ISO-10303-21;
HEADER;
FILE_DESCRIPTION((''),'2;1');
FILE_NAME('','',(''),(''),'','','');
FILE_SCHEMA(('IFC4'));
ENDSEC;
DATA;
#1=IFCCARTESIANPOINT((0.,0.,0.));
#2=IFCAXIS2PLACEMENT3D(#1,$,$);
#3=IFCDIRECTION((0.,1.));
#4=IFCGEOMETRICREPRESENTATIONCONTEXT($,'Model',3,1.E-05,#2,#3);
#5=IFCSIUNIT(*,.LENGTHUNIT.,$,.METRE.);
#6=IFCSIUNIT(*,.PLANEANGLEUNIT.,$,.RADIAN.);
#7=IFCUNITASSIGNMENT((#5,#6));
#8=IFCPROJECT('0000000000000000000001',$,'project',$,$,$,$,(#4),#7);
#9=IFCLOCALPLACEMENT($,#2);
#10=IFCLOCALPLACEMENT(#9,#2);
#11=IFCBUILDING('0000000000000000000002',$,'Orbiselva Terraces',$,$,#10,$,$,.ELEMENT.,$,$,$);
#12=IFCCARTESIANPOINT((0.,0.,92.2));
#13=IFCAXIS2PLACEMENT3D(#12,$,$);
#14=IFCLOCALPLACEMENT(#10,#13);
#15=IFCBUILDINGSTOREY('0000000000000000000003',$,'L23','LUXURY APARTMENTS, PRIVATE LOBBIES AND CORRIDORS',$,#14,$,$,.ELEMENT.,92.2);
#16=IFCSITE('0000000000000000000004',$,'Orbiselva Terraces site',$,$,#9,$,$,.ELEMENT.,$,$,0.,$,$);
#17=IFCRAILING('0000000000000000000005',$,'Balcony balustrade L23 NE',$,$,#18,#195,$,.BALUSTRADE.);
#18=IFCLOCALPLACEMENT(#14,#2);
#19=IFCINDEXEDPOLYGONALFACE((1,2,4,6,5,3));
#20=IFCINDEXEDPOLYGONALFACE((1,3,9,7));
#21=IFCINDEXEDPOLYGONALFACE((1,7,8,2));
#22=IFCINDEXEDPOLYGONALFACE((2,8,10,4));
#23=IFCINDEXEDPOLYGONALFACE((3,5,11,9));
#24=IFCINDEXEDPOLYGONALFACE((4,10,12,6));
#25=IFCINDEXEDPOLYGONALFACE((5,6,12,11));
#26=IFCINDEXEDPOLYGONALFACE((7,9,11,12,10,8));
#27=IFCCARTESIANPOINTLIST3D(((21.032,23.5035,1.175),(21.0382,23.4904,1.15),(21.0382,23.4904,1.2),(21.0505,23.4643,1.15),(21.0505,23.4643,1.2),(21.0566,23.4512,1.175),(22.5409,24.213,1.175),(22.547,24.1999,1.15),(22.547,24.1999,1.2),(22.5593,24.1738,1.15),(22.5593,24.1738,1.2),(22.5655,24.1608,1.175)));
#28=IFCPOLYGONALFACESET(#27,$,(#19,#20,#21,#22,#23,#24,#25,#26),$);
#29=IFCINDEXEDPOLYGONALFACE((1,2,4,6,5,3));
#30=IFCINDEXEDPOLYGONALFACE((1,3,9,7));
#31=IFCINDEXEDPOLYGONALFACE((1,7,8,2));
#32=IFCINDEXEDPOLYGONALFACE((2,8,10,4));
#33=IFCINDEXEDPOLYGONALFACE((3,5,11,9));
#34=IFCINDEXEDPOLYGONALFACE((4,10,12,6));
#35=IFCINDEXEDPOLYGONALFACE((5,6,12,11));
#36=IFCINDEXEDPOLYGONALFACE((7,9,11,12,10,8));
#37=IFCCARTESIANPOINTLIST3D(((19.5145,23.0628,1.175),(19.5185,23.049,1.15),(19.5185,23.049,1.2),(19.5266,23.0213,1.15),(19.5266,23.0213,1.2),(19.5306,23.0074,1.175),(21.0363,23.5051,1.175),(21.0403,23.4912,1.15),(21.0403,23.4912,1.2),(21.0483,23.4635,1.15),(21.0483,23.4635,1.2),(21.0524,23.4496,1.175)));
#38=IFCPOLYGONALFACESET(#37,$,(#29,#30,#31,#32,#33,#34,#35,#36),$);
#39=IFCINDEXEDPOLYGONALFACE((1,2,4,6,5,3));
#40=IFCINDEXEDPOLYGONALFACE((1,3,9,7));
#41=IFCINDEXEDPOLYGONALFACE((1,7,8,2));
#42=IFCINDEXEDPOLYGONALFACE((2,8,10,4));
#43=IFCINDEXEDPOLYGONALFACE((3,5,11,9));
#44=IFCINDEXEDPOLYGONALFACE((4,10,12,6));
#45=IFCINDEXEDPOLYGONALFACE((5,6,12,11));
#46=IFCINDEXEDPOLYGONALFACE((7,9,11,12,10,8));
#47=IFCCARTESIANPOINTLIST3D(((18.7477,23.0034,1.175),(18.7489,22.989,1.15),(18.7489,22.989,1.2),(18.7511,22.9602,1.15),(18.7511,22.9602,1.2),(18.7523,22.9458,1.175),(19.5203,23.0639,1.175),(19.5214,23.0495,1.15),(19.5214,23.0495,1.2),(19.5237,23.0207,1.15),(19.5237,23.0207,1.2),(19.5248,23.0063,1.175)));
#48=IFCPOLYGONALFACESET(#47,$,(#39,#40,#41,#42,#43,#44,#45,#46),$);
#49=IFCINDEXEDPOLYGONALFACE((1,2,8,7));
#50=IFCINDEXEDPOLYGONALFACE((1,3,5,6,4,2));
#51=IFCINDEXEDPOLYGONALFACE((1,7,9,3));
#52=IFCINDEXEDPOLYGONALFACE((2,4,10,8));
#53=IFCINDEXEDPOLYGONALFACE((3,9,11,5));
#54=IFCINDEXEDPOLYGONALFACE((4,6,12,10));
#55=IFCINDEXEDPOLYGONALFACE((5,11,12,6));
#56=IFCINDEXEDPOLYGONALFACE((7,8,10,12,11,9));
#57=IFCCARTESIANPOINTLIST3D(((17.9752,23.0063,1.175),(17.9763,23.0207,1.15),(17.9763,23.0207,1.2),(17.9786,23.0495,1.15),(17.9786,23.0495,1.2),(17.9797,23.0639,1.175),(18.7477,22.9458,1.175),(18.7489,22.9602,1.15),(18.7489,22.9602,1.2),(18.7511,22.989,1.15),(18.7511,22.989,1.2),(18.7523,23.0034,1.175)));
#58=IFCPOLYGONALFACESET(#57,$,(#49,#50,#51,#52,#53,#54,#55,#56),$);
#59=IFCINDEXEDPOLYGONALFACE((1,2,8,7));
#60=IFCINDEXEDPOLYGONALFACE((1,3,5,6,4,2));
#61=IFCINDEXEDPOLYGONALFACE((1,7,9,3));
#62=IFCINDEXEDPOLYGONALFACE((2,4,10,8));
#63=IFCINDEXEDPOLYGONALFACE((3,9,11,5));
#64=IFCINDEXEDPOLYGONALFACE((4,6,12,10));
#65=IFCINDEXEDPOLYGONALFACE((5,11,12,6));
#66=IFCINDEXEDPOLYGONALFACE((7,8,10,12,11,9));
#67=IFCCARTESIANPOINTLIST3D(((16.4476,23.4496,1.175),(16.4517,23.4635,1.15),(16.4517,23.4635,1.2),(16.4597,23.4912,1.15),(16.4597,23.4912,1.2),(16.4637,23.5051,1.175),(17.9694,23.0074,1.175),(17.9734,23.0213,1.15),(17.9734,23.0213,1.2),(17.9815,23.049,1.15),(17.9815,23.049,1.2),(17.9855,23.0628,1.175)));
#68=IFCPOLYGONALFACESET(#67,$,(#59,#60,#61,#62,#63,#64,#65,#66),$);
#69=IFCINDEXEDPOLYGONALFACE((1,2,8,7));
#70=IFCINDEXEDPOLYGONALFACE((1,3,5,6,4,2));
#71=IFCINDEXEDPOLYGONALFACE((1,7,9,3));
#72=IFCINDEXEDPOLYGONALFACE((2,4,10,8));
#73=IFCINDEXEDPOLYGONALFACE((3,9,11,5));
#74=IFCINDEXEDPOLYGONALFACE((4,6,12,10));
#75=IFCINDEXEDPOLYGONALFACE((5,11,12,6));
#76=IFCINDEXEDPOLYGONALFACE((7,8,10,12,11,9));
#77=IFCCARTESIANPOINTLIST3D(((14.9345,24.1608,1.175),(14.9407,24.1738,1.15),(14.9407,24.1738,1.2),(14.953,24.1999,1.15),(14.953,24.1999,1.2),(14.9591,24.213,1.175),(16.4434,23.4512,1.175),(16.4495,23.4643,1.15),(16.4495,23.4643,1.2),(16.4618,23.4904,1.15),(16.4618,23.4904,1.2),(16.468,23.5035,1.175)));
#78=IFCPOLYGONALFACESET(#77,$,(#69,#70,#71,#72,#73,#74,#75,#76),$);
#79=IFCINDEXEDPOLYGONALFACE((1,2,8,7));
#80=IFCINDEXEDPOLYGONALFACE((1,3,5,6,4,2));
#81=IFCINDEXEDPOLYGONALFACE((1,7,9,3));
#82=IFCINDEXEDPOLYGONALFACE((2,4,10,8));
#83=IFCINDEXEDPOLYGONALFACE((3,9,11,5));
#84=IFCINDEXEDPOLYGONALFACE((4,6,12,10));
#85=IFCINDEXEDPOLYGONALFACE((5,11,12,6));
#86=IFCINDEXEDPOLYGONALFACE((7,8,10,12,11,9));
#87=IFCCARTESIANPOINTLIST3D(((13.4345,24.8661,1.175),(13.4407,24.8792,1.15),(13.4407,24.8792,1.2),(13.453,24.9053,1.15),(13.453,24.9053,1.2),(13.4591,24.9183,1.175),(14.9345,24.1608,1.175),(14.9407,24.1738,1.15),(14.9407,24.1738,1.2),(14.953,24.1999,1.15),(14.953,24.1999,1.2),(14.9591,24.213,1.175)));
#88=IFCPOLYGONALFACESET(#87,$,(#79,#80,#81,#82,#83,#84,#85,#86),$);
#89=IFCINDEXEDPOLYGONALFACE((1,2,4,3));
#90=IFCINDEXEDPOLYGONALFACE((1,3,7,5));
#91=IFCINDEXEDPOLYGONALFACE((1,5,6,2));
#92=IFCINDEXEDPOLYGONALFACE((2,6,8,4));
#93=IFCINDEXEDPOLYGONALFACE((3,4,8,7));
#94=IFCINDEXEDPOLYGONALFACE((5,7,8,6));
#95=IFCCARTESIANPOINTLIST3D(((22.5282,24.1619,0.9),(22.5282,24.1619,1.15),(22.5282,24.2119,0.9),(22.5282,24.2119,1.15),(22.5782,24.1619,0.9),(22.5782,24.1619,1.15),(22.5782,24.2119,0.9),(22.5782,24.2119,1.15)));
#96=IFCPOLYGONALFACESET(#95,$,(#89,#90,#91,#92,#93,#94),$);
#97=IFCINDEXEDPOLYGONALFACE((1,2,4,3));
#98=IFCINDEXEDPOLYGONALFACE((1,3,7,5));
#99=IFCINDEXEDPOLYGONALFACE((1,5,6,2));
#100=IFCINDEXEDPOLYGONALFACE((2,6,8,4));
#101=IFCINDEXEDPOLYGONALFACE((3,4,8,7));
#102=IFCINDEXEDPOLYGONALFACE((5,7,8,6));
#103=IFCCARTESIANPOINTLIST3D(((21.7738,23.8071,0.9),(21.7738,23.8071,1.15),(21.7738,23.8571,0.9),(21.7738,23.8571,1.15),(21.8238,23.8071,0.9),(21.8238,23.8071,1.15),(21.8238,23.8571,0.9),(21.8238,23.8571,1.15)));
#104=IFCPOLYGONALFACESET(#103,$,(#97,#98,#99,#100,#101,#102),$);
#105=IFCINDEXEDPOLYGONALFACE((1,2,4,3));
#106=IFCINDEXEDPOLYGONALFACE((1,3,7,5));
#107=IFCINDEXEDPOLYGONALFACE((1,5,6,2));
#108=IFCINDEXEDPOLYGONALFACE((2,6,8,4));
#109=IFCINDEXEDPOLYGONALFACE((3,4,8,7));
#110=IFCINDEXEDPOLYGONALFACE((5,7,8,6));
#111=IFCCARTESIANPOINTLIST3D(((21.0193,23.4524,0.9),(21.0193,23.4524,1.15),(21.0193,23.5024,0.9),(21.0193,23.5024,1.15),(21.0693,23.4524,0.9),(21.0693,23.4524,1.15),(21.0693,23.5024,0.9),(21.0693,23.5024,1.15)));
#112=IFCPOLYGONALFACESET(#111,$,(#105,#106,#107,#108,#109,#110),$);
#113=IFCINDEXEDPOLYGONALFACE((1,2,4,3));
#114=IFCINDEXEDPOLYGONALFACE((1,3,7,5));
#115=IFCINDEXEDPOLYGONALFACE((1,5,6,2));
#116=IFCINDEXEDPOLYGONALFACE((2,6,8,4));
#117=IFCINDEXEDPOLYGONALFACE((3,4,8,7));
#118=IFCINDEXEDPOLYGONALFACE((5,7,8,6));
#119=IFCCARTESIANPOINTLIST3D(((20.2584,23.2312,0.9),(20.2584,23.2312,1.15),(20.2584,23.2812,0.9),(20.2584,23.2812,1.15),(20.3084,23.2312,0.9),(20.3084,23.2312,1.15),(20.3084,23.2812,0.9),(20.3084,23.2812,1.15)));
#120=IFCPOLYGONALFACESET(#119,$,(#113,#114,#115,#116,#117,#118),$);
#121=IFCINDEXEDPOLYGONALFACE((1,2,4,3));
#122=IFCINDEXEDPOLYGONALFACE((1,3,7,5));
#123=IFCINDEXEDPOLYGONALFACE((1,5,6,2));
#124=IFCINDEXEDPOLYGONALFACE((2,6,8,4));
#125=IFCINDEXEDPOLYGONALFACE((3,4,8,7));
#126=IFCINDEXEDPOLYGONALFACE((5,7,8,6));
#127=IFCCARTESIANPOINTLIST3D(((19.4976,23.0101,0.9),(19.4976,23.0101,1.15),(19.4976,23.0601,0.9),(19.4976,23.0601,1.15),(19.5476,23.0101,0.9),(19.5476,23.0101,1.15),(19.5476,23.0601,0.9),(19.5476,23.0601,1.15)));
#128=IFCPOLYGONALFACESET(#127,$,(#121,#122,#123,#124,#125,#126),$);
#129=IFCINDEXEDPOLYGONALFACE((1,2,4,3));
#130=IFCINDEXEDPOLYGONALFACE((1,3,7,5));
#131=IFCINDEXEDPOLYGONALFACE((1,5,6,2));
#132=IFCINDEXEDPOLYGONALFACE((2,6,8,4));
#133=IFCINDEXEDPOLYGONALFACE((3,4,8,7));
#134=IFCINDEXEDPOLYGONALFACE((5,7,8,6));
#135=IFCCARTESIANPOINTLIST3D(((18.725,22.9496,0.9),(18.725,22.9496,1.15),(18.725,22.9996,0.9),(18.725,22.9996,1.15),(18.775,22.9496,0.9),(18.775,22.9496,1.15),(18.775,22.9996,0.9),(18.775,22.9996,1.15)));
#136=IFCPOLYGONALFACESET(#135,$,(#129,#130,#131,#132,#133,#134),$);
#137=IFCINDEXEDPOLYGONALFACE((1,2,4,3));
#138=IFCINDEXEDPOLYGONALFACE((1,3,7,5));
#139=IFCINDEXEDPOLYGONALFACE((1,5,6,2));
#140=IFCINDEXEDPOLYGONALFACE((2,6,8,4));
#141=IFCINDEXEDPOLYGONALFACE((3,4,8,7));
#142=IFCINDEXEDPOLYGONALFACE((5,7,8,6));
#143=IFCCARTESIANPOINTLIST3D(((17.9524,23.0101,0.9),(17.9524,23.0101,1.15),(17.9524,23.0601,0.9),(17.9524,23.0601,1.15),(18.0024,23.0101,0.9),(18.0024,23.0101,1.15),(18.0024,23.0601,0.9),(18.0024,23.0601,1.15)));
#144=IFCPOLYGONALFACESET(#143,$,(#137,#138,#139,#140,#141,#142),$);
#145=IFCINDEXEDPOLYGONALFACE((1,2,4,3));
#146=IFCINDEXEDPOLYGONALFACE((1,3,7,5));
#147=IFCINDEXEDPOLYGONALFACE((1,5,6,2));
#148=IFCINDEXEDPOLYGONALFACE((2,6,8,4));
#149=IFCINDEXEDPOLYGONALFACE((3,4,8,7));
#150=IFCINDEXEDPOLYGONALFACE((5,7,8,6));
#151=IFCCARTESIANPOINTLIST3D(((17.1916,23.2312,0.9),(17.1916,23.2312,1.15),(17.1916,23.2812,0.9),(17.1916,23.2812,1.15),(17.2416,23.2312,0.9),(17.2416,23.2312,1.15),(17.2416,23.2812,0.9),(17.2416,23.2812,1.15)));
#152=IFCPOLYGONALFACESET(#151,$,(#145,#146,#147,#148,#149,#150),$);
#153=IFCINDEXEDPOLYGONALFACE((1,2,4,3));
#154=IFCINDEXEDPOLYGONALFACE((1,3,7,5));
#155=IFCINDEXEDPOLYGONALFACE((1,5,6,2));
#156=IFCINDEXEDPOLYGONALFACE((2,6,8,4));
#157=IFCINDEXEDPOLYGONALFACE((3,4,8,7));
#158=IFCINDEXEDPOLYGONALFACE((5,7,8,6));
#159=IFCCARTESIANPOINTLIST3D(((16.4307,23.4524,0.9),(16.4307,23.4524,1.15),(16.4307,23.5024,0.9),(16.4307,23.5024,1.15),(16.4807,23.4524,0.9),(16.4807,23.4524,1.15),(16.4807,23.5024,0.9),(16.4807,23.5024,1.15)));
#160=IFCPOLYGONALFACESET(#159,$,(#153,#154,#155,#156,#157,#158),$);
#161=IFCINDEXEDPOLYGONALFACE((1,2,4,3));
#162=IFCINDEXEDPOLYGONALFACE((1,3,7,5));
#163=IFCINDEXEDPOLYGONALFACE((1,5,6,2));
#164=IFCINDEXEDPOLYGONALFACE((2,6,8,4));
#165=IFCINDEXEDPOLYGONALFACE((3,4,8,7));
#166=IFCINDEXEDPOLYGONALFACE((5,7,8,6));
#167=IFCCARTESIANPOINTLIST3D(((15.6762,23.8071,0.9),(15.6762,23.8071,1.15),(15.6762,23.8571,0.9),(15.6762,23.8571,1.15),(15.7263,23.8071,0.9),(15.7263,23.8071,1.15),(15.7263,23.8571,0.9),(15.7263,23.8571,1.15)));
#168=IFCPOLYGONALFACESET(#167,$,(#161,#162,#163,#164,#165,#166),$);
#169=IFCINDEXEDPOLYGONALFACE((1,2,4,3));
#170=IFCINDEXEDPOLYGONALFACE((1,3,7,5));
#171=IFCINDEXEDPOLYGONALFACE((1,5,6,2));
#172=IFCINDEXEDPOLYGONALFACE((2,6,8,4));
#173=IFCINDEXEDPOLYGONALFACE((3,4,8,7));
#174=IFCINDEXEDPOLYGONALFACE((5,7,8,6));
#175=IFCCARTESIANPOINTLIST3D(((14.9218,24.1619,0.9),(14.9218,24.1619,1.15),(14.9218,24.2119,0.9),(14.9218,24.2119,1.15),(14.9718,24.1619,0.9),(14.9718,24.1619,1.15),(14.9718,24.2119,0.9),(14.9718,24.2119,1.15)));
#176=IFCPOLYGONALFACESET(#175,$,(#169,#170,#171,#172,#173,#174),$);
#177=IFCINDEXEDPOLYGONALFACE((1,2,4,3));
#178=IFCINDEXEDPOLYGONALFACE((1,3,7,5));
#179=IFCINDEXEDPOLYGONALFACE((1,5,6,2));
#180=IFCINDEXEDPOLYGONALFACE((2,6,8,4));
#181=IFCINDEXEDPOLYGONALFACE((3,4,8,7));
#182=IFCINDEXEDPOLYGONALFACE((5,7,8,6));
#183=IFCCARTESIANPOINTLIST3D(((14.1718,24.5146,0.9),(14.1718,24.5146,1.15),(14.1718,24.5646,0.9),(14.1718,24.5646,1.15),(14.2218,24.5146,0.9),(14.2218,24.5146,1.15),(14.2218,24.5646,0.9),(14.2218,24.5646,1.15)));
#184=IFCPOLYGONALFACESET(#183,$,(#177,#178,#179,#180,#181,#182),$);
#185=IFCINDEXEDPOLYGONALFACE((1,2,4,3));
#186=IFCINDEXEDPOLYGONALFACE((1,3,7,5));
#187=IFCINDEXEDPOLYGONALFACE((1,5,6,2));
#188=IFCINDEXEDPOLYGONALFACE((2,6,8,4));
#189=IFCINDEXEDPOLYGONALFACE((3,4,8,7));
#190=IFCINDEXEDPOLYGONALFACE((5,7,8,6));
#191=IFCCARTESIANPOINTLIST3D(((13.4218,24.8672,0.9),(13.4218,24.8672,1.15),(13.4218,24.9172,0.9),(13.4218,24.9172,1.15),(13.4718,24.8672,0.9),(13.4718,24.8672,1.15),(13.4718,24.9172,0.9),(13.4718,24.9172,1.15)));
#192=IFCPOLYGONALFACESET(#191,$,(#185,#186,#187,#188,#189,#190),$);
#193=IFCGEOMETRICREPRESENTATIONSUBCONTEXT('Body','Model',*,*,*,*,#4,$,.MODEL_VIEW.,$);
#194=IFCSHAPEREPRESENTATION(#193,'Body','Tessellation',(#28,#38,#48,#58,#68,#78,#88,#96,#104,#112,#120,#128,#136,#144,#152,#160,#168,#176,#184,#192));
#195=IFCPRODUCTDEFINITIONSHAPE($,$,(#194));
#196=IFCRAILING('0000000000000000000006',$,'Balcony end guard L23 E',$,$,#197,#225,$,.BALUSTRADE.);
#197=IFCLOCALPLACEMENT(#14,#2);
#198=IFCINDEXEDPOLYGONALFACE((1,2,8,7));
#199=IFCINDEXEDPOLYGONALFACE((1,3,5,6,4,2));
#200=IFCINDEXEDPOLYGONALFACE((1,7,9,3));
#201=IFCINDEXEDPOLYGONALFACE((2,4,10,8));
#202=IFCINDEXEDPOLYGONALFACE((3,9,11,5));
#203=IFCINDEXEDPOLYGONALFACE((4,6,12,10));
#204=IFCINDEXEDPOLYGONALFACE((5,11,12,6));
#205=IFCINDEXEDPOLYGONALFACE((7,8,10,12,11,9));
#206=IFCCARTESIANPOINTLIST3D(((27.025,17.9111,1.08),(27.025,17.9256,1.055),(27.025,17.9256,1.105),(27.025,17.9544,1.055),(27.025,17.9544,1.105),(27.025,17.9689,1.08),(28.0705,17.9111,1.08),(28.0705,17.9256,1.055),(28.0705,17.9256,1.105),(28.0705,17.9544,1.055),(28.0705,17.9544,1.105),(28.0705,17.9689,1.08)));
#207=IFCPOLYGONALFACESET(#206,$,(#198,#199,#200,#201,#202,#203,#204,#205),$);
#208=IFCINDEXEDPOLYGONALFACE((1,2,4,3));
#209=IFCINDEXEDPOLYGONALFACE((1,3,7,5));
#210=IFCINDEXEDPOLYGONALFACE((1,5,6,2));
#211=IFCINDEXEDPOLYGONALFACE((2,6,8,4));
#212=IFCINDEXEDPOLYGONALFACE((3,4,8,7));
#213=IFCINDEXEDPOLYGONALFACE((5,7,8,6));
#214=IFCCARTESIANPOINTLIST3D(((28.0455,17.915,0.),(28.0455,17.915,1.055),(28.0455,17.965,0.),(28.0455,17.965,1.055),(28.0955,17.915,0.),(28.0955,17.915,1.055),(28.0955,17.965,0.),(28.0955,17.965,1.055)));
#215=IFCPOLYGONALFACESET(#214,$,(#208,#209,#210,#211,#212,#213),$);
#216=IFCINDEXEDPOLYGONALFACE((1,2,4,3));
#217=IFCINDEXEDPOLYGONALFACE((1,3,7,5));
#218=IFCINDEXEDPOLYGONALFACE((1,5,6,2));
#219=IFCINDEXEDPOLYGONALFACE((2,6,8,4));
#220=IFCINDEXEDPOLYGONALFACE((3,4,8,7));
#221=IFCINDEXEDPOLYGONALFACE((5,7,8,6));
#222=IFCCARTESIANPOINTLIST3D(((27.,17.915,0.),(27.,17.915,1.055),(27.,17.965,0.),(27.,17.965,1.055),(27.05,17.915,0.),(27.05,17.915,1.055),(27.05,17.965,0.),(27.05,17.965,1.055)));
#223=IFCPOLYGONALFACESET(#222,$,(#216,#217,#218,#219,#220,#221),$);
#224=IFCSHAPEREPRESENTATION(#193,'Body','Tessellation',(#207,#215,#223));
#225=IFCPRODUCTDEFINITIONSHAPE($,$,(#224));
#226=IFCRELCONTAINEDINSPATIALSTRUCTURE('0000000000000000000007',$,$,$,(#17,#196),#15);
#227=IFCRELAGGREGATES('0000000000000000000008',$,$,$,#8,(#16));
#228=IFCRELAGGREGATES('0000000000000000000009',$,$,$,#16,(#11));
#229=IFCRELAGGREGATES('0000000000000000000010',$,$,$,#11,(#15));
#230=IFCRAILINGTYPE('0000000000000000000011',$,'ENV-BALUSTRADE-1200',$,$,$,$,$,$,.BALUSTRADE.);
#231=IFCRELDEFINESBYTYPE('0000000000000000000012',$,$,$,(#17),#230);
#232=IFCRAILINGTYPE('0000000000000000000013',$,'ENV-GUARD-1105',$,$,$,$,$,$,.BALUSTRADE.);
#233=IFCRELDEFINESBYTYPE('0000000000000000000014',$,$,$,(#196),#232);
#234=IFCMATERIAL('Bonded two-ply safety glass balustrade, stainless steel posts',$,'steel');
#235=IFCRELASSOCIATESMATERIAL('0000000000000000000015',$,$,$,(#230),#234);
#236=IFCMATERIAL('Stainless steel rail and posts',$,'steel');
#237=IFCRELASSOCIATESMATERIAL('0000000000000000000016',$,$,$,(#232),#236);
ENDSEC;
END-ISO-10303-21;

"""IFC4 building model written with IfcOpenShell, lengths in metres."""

from ifc_helpers import new_model, si_unit, direction, frame, origin, origin_2d, place, context, subcontext, project, spatial, polyline, rectangle, outline, extrude, material, type_object, element, save


model = new_model("IFC4")

# Units and contexts
model_context = context("Model", 3, precision=1e-05, world=origin(), true_north=direction((0.0, 1.0)))
body_context = subcontext(model_context, "Body", "Model", "MODEL_VIEW")
ifc_project = project(units=[si_unit("LENGTHUNIT", "METRE"), si_unit("PLANEANGLEUNIT", "RADIAN")], contexts=[model_context])

# Site, building, storey
site_placement = place(None, origin())
site = spatial("IfcSite", under=ifc_project, at=site_placement, Name="Orbiselva Terraces site", CompositionType="ELEMENT", RefElevation=0.0)
building_placement = place(site_placement, origin())
building = spatial("IfcBuilding", under=site, at=building_placement, Name="Orbiselva Terraces", CompositionType="ELEMENT")
storey_placement = place(building_placement, frame((0.0, 0.0, 92.2)))
storey = spatial("IfcBuildingStorey", under=building, at=storey_placement, Name="L23", Description="LUXURY APARTMENTS, PRIVATE LOBBIES AND CORRIDORS", CompositionType="ELEMENT", Elevation=92.2)

# Railings
ifc_material_1 = material(Name="Bonded two-ply safety glass balustrade, stainless steel posts", Category="steel")
railing_type_1 = type_object("IfcRailingType", Name="ENV-BALUSTRADE-1200", PredefinedType="BALUSTRADE", material=ifc_material_1)
railing_1_placement = place(storey_placement, frame((22.5532, 24.1869, 0.9)))
element("IfcRailing", 1, at=railing_1_placement, inside=storey, type_object=railing_type_1, Name="Balcony balustrade L23 NE", PredefinedType="BALUSTRADE", context=body_context, shape_type="SweptSolid", body=[
    extrude(outline(polyline([(0.0289, 0.0), (0.0144, 0.025), (-0.0144, 0.025), (-0.0289, 0.0), (-0.0144, -0.025), (0.0144, -0.025), (0.0289, 0.0)])), frame((0.0, 0.0, 0.275), z_axis=(-0.904944, -0.42553, 0.0), x_axis=(0.42553, -0.904944, 0.0)), (0.0, 0.0, 1.0), 1.6674),
    extrude(outline(polyline([(0.0289, 0.0), (0.0144, 0.025), (-0.0144, 0.025), (-0.0289, 0.0), (-0.0144, -0.025), (0.0144, -0.025), (0.0289, 0.0)])), frame((-1.5089, -0.7095, 0.275), z_axis=(-0.96027, -0.279071, 0.0), x_axis=(0.279071, -0.96027, 0.0)), (0.0, 0.0, 1.0), 1.5847),
    extrude(outline(polyline([(0.0289, 0.0), (0.0144, 0.025), (-0.0144, 0.025), (-0.0289, 0.0), (-0.0144, -0.025), (0.0144, -0.025), (0.0289, 0.0)])), frame((-3.0306, -1.1518, 0.275), z_axis=(-0.996948, -0.078071, 0.0), x_axis=(0.078071, -0.996948, 0.0)), (0.0, 0.0, 1.0), 0.7749),
    extrude(outline(polyline([(0.0289, 0.0), (0.0144, 0.025), (-0.0144, 0.025), (-0.0289, 0.0), (-0.0144, -0.025), (0.0144, -0.025), (0.0289, 0.0)])), frame((-3.8032, -1.2123, 0.275), z_axis=(-0.996948, 0.078071, 0.0), x_axis=(-0.078071, -0.996948, 0.0)), (0.0, 0.0, 1.0), 0.7749),
    extrude(outline(polyline([(0.0289, 0.0), (0.0144, 0.025), (-0.0144, 0.025), (-0.0289, 0.0), (-0.0144, -0.025), (0.0144, -0.025), (0.0289, 0.0)])), frame((-4.5757, -1.1518, 0.275), z_axis=(-0.96027, 0.279071, 0.0), x_axis=(-0.279071, -0.96027, 0.0)), (0.0, 0.0, 1.0), 1.5847),
    extrude(outline(polyline([(0.0289, 0.0), (0.0144, 0.025), (-0.0144, 0.025), (-0.0289, 0.0), (-0.0144, -0.025), (0.0144, -0.025), (0.0289, 0.0)])), frame((-6.0975, -0.7095, 0.275), z_axis=(-0.904944, 0.42553, 0.0), x_axis=(-0.42553, -0.904944, 0.0)), (0.0, 0.0, 1.0), 1.6674),
    extrude(outline(polyline([(0.0289, 0.0), (0.0144, 0.025), (-0.0144, 0.025), (-0.0289, 0.0), (-0.0144, -0.025), (0.0144, -0.025), (0.0289, 0.0)])), frame((-7.6064, 0.0, 0.275), z_axis=(-0.904944, 0.42553, 0.0), x_axis=(-0.42553, -0.904944, 0.0)), (0.0, 0.0, 1.0), 1.6576),
    extrude(rectangle(XDim=0.05, YDim=0.05, at=origin_2d()), origin(), (0.0, 0.0, 1.0), 0.25),
    extrude(rectangle(XDim=0.05, YDim=0.05, at=origin_2d()), frame((-0.7544, -0.3548, 0.0)), (0.0, 0.0, 1.0), 0.25),
    extrude(rectangle(XDim=0.05, YDim=0.05, at=origin_2d()), frame((-1.5089, -0.7095, 0.0)), (0.0, 0.0, 1.0), 0.25),
    extrude(rectangle(XDim=0.05, YDim=0.05, at=origin_2d()), frame((-2.2698, -0.9306, 0.0)), (0.0, 0.0, 1.0), 0.25),
    extrude(rectangle(XDim=0.05, YDim=0.05, at=origin_2d()), frame((-3.0306, -1.1518, 0.0)), (0.0, 0.0, 1.0), 0.25),
    extrude(rectangle(XDim=0.05, YDim=0.05, at=origin_2d()), frame((-3.8032, -1.2123, 0.0)), (0.0, 0.0, 1.0), 0.25),
    extrude(rectangle(XDim=0.05, YDim=0.05, at=origin_2d()), frame((-4.5757, -1.1518, 0.0)), (0.0, 0.0, 1.0), 0.25),
    extrude(rectangle(XDim=0.05, YDim=0.05, at=origin_2d()), frame((-5.3366, -0.9306, 0.0)), (0.0, 0.0, 1.0), 0.25),
    extrude(rectangle(XDim=0.05, YDim=0.05, at=origin_2d()), frame((-6.0975, -0.7095, 0.0)), (0.0, 0.0, 1.0), 0.25),
    extrude(rectangle(XDim=0.05, YDim=0.05, at=origin_2d()), frame((-6.8519, -0.3548, 0.0)), (0.0, 0.0, 1.0), 0.25),
    extrude(rectangle(XDim=0.05, YDim=0.05, at=origin_2d()), frame((-7.6064, 0.0, 0.0)), (0.0, 0.0, 1.0), 0.25),
    extrude(rectangle(XDim=0.05, YDim=0.05, at=origin_2d()), frame((-8.3564, 0.3527, 0.0)), (0.0, 0.0, 1.0), 0.25),
    extrude(rectangle(XDim=0.05, YDim=0.05, at=origin_2d()), frame((-9.1064, 0.7053, 0.0)), (0.0, 0.0, 1.0), 0.25),
])
ifc_material_2 = material(Name="Stainless steel rail and posts", Category="steel")
railing_type_2 = type_object("IfcRailingType", Name="ENV-GUARD-1105", PredefinedType="BALUSTRADE", material=ifc_material_2)
railing_2_placement = place(storey_placement, frame((28.0705, 17.94, 0.0)))
element("IfcRailing", 2, at=railing_2_placement, inside=storey, type_object=railing_type_2, Name="Balcony end guard L23 E", PredefinedType="BALUSTRADE", context=body_context, shape_type="SweptSolid", body=[
    extrude(outline(polyline([(0.0289, 0.0), (0.0144, 0.025), (-0.0144, 0.025), (-0.0289, 0.0), (-0.0144, -0.025), (0.0144, -0.025), (0.0289, 0.0)])), frame((0.0, 0.0, 1.08), z_axis=(-1.0, 0.0, 0.0), x_axis=(0.0, -1.0, 0.0)), (0.0, 0.0, 1.0), 1.0455),
    extrude(rectangle(XDim=0.05, YDim=0.05, at=origin_2d()), origin(), (0.0, 0.0, 1.0), 1.055),
    extrude(rectangle(XDim=0.05, YDim=0.05, at=origin_2d()), frame((-1.0455, 0.0, 0.0)), (0.0, 0.0, 1.0), 1.055),
])

save(model, "model.ifc")
